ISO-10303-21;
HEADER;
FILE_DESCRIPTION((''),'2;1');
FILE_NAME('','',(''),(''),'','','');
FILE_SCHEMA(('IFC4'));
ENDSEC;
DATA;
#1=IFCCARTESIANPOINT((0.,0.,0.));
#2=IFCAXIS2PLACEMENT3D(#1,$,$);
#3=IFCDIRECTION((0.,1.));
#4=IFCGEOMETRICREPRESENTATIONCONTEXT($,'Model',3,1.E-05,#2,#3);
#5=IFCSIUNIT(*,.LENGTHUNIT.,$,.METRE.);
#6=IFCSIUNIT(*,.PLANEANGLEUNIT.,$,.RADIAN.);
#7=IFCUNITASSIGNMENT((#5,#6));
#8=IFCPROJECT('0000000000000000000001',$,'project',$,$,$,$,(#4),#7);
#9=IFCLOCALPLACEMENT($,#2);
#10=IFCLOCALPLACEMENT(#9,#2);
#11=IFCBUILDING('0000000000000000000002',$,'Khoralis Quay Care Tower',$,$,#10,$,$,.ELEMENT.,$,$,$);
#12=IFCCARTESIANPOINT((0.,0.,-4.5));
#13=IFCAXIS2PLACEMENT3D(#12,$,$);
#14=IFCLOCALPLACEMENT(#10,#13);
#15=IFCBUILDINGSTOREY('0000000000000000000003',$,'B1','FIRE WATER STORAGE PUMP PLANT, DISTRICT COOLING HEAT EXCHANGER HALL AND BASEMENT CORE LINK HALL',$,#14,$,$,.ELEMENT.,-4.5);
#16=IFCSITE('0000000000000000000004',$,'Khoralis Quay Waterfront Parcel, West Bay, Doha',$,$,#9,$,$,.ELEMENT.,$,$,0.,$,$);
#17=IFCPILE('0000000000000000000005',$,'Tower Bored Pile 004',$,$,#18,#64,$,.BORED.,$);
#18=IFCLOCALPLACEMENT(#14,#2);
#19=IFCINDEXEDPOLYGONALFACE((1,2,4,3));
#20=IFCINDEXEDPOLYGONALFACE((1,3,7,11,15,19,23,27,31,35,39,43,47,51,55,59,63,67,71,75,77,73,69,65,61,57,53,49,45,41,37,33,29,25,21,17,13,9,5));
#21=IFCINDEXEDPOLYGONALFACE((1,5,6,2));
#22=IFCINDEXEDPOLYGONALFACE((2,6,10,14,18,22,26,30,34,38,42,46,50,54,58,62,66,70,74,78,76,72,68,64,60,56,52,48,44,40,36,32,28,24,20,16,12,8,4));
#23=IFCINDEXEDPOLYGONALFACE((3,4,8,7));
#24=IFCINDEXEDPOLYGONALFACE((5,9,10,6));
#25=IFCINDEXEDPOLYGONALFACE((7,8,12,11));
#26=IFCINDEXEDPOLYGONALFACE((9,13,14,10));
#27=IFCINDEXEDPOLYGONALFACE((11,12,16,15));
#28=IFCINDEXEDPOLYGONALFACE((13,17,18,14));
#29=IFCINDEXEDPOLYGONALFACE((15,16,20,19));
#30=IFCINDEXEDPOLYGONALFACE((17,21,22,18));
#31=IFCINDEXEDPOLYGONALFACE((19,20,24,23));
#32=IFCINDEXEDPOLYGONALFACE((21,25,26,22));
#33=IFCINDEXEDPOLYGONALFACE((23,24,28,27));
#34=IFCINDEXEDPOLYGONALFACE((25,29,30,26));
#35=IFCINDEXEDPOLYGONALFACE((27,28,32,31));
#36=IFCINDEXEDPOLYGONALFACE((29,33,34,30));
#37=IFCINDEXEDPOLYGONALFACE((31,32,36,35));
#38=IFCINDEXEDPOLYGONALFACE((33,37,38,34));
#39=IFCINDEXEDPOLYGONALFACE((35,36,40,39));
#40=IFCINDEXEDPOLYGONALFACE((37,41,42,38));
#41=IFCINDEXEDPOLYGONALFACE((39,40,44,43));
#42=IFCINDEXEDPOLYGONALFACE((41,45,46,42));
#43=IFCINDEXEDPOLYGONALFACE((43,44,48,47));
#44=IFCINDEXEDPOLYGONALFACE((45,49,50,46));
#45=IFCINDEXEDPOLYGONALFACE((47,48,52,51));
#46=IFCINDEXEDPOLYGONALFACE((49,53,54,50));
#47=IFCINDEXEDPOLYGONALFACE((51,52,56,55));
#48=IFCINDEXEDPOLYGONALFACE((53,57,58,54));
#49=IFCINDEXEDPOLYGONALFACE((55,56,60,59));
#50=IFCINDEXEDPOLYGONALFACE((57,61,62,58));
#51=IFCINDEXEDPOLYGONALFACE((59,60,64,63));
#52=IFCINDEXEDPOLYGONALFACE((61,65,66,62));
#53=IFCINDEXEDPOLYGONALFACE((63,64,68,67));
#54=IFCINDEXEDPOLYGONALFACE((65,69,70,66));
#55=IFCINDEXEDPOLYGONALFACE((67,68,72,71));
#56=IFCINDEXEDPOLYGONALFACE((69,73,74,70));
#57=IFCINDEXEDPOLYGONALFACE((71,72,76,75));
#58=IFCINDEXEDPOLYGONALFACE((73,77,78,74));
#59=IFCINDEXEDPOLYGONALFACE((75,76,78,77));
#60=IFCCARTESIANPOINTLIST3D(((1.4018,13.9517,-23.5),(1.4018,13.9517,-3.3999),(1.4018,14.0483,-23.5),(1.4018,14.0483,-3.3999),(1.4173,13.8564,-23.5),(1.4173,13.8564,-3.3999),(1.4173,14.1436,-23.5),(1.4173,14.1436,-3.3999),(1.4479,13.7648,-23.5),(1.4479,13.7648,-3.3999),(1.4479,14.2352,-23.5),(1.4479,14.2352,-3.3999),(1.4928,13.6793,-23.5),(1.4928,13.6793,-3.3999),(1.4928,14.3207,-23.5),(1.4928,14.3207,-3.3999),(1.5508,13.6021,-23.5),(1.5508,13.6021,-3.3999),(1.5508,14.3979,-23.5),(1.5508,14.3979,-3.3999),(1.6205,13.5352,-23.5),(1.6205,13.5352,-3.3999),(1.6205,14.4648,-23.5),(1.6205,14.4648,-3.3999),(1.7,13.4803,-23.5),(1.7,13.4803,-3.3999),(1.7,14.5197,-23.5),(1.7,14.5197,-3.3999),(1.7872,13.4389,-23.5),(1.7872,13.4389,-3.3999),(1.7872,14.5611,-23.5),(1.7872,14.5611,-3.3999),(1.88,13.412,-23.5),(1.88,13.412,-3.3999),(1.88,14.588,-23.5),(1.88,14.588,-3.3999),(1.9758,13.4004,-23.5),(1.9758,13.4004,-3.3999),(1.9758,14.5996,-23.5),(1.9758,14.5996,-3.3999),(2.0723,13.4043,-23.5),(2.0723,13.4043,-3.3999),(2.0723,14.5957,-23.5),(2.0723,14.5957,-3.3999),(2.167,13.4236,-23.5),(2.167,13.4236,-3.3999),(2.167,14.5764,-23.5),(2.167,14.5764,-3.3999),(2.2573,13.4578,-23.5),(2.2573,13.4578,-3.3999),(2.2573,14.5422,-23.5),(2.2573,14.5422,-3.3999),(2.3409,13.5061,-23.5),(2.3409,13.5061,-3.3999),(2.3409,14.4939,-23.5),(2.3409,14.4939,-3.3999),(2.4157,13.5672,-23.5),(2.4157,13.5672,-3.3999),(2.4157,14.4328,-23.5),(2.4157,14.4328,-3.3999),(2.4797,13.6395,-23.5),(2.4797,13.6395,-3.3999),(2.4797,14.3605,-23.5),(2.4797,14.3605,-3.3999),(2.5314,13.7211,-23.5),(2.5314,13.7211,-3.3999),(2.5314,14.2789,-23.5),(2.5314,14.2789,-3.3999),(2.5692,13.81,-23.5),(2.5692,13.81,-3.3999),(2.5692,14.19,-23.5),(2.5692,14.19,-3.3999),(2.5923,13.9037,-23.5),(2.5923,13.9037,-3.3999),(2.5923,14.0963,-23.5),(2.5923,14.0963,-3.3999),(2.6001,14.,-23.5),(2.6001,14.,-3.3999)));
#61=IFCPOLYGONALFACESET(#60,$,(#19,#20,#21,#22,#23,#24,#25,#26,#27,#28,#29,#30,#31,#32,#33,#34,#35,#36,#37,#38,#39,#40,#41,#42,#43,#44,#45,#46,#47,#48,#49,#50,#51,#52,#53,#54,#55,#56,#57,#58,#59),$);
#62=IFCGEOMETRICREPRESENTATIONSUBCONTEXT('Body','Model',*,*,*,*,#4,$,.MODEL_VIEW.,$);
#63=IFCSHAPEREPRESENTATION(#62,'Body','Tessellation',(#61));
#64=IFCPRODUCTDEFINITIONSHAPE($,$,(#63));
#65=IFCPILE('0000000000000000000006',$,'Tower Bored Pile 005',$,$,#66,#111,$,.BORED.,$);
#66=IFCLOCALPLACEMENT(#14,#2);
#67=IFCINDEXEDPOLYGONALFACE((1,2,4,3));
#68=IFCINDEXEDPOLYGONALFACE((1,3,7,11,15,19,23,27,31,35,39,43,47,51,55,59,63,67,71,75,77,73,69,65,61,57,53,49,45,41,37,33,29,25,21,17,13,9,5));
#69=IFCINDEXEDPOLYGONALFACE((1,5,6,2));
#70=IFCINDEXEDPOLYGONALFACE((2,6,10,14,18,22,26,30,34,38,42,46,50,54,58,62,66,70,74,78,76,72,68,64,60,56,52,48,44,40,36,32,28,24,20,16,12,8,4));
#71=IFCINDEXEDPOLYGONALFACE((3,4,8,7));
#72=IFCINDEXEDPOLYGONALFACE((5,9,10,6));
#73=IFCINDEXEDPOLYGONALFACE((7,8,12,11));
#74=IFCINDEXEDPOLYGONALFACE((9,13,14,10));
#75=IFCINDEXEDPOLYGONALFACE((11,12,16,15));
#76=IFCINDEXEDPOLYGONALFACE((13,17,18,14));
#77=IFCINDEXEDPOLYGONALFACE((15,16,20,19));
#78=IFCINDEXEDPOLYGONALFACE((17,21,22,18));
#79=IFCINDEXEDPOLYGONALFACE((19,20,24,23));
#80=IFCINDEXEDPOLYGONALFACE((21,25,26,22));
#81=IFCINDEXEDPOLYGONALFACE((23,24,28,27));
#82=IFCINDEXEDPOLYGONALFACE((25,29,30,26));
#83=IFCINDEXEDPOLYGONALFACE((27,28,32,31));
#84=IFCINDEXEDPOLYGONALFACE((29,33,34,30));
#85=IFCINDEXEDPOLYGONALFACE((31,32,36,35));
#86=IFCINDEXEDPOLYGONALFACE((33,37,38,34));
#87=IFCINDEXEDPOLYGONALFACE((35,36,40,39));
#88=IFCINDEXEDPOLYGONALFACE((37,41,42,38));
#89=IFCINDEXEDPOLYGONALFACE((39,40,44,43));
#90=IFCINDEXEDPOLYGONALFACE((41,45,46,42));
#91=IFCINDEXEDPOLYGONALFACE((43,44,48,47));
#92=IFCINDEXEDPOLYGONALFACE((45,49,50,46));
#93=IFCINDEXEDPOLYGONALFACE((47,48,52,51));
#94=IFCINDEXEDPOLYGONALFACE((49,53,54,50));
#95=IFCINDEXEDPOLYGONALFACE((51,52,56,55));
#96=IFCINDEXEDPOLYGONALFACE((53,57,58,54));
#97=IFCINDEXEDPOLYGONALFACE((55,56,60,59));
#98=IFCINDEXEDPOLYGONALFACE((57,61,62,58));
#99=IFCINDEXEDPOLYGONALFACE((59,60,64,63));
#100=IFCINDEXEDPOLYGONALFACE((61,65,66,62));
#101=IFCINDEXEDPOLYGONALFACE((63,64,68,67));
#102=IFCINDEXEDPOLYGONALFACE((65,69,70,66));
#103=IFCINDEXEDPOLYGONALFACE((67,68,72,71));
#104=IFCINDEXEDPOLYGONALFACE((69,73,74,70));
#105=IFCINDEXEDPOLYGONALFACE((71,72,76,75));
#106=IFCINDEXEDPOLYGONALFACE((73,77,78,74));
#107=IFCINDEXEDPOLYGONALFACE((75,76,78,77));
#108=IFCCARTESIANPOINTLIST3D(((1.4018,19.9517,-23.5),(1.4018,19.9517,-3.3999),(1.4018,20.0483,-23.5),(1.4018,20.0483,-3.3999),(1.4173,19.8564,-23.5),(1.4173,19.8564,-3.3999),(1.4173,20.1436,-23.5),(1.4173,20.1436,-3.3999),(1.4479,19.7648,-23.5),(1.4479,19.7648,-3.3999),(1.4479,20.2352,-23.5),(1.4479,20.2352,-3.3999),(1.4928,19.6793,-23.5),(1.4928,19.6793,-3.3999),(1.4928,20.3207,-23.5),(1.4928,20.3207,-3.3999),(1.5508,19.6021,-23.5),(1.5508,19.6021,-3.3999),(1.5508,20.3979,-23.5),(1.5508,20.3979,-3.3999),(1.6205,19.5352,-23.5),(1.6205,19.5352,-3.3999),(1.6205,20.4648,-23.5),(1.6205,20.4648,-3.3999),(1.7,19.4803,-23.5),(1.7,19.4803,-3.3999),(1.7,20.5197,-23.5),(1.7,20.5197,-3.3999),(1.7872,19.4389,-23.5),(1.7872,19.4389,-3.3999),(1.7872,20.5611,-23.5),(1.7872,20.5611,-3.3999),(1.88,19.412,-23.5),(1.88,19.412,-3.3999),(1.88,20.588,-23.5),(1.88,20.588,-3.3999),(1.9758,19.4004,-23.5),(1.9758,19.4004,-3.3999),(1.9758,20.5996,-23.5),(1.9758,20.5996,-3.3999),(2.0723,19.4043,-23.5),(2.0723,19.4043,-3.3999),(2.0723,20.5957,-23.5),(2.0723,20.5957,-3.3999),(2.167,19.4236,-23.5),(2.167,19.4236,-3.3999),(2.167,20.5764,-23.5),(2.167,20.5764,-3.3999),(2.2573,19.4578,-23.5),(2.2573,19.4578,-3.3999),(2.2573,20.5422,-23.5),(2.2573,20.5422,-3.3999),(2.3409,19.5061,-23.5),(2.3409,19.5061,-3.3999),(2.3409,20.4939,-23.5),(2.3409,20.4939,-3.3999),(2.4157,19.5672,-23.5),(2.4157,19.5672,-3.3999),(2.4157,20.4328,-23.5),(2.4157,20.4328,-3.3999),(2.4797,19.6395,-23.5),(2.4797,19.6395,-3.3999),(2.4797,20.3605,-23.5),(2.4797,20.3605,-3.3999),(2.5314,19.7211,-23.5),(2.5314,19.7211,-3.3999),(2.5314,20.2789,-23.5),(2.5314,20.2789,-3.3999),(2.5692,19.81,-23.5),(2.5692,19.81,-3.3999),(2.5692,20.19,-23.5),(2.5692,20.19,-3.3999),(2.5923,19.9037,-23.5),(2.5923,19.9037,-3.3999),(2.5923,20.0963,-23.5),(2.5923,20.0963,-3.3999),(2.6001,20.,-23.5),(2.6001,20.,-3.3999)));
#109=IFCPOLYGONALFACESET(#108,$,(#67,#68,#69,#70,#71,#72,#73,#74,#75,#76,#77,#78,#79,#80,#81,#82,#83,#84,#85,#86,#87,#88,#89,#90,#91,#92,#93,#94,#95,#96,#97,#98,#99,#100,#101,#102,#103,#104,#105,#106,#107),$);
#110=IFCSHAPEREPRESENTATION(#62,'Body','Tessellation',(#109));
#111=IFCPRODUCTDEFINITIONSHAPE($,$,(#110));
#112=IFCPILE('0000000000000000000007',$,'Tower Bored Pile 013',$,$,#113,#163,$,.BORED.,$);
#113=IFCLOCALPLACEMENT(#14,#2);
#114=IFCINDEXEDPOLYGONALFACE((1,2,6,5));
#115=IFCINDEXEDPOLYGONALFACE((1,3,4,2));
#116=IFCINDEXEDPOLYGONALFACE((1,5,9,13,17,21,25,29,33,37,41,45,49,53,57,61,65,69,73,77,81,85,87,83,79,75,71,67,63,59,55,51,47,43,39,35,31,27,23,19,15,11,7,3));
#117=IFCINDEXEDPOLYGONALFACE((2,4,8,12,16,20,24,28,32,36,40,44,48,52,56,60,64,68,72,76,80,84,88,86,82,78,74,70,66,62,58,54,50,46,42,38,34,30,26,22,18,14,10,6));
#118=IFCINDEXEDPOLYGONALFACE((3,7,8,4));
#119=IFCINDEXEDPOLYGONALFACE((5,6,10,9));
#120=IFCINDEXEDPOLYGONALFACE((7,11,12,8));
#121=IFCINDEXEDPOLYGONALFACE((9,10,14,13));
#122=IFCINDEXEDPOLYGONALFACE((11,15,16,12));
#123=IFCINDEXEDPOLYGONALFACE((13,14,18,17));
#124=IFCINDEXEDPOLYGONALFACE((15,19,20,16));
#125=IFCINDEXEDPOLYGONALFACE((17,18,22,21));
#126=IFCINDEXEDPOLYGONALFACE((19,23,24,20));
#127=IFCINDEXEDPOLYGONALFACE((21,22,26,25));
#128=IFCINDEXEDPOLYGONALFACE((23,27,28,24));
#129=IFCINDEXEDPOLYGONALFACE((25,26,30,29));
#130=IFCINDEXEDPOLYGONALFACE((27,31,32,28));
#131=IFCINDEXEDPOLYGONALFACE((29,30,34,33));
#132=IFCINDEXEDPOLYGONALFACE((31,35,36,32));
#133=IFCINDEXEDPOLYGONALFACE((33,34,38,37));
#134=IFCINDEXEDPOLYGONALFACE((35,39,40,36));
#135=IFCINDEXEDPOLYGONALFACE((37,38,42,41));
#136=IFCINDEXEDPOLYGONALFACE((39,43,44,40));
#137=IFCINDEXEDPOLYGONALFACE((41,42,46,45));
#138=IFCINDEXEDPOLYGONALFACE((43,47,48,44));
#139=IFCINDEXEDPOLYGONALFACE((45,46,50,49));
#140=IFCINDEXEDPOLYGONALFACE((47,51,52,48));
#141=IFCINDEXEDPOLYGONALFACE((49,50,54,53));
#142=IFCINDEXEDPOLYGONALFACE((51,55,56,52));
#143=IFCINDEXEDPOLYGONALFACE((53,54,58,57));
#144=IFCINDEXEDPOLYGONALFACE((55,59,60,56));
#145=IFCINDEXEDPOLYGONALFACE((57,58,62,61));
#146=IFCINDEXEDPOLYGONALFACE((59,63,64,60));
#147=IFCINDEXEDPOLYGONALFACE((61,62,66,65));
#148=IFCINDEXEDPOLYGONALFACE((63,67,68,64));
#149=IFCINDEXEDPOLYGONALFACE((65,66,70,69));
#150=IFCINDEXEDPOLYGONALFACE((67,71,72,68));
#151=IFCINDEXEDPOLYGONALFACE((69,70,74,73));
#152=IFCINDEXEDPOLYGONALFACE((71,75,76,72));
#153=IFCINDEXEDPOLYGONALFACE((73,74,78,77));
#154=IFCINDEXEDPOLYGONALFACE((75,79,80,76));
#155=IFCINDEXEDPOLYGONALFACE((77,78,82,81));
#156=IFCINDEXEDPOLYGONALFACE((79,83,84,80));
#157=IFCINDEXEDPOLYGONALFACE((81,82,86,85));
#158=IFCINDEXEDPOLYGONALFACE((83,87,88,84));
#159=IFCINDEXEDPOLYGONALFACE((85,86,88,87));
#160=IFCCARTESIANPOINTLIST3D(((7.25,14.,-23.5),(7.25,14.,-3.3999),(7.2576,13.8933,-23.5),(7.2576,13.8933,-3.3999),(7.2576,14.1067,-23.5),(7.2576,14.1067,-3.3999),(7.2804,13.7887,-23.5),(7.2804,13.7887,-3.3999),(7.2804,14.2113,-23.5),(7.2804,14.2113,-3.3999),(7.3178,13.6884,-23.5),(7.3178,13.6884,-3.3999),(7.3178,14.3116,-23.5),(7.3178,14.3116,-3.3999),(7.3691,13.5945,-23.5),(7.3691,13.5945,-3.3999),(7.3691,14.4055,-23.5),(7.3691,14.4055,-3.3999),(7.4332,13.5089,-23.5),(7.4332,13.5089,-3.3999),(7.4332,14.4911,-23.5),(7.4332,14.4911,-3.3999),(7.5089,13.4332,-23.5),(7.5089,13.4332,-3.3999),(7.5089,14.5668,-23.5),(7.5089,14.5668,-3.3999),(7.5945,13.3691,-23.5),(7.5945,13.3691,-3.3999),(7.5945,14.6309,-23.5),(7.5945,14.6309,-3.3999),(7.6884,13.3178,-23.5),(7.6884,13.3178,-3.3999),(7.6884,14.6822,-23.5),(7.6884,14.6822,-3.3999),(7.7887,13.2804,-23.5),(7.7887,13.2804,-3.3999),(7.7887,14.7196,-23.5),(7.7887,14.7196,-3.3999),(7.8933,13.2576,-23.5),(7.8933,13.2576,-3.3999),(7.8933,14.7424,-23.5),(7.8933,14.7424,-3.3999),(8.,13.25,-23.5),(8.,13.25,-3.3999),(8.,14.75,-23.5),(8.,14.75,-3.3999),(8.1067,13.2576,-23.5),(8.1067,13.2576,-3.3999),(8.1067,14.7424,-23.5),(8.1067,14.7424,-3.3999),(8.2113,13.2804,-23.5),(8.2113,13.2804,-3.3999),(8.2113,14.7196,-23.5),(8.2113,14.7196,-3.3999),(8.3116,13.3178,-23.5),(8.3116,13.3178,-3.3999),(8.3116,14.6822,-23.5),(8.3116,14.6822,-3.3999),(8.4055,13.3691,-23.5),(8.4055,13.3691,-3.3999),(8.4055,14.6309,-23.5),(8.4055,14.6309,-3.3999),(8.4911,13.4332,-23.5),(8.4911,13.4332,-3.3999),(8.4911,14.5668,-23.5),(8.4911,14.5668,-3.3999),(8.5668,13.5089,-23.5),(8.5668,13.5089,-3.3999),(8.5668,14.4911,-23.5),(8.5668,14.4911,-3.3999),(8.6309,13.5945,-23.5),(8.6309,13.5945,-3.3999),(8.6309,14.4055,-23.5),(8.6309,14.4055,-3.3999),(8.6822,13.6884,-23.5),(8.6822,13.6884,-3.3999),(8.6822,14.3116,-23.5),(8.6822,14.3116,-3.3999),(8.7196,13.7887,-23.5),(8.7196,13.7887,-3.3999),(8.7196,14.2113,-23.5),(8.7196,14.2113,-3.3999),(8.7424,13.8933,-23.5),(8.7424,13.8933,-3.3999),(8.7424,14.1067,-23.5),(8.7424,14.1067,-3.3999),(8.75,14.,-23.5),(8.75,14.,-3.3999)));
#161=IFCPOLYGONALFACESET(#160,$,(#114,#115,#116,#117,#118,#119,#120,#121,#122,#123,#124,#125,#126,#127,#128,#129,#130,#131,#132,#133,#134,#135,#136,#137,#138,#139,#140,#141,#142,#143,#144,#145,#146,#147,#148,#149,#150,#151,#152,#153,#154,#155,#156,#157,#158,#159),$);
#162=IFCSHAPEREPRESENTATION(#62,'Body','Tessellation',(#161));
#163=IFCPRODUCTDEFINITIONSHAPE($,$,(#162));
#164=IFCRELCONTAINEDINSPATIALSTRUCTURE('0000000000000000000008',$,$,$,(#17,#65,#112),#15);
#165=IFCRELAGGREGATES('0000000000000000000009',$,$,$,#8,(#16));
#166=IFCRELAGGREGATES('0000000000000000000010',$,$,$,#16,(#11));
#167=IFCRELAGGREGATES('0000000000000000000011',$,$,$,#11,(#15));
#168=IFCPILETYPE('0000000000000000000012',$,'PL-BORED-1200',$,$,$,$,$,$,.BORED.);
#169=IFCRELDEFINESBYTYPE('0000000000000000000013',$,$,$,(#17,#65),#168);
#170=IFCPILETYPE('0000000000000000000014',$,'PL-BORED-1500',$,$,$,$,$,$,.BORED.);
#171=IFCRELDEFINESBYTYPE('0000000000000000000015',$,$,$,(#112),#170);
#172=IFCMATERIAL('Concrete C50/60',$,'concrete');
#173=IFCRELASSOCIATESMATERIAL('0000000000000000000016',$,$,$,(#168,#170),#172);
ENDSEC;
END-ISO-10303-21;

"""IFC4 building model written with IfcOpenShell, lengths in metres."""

from ifc_helpers import new_model, si_unit, direction, frame, origin, origin_2d, place, context, subcontext, project, spatial, circle, extrude, source, transform, mapped, material, material_profile, profile_set, type_object, element, save


model = new_model("IFC4")

# Units and contexts
model_context = context("Model", 3, precision=1e-05, world=origin(), true_north=direction((0.0, 1.0)))
body_context = subcontext(model_context, "Body", "Model", "MODEL_VIEW")
ifc_project = project(units=[si_unit("LENGTHUNIT", "METRE"), si_unit("PLANEANGLEUNIT", "RADIAN")], contexts=[model_context])

# Site, building, storey
site_placement = place(None, origin())
site = spatial("IfcSite", under=ifc_project, at=site_placement, Name="Khoralis Quay Waterfront Parcel, West Bay, Doha", CompositionType="ELEMENT", RefElevation=0.0)
building_placement = place(site_placement, origin())
building = spatial("IfcBuilding", under=site, at=building_placement, Name="Khoralis Quay Care Tower", CompositionType="ELEMENT")
storey_placement = place(building_placement, frame((0.0, 0.0, -4.5)))
storey = spatial("IfcBuildingStorey", under=building, at=storey_placement, Name="B1", Description="FIRE WATER STORAGE PUMP PLANT, DISTRICT COOLING HEAT EXCHANGER HALL AND BASEMENT CORE LINK HALL", CompositionType="ELEMENT", Elevation=-4.5)

# Piles
ifc_material_1 = material(Name="Concrete C50/60", Category="concrete")
ifc_material_profile_1 = material_profile(ifc_material_1, circle(Radius=0.6001, at=origin_2d()), Name="Concrete C50/60")
ifc_profile_set_1 = profile_set([ifc_material_profile_1], Name="Concrete C50/60")
pile_type_1 = type_object("IfcPileType", Name="PL-BORED-1200", PredefinedType="BORED", material=ifc_profile_set_1)
shared_shape_1 = source(origin(), body_context, "Body", "SweptSolid", [
    extrude(circle(Radius=0.6001, at=origin_2d()), origin(), (0.0, 0.0, 1.0), 20.1001),
])
for number, where, z_axis, x_axis, name in (
    (1, (2.0, 14.0, -3.3999), (0.0, 0.0, -1.0), (1.0, 0.0, 0.0), "Tower Bored Pile 004"),
    (2, (2.0, 20.0, -3.3999), (0.0, 0.0, -1.0), (1.0, 0.0, 0.0), "Tower Bored Pile 005"),
):
    element("IfcPile", number, at=place(storey_placement, frame(where, z_axis=z_axis, x_axis=x_axis)), inside=storey, type_object=pile_type_1, Name=name, PredefinedType="BORED", context=body_context, shape_type="MappedRepresentation", body=[
        mapped(shared_shape_1, transform((0.0, 0.0, 0.0), scale=1.0)),
    ])
ifc_material_profile_2 = material_profile(ifc_material_1, circle(Radius=0.75, at=origin_2d()), Name="Concrete C50/60")
ifc_profile_set_2 = profile_set([ifc_material_profile_2], Name="Concrete C50/60")
pile_type_2 = type_object("IfcPileType", Name="PL-BORED-1500", PredefinedType="BORED", material=ifc_profile_set_2)
shared_shape_2 = source(origin(), body_context, "Body", "SweptSolid", [
    extrude(circle(Radius=0.75, at=origin_2d()), origin(), (0.0, 0.0, 1.0), 20.1001),
])
for number, where, z_axis, x_axis, name in (
    (3, (8.0, 14.0, -3.3999), (0.0, 0.0, -1.0), (1.0, 0.0, 0.0), "Tower Bored Pile 013"),
):
    element("IfcPile", number, at=place(storey_placement, frame(where, z_axis=z_axis, x_axis=x_axis)), inside=storey, type_object=pile_type_2, Name=name, PredefinedType="BORED", context=body_context, shape_type="MappedRepresentation", body=[
        mapped(shared_shape_2, transform((0.0, 0.0, 0.0), scale=1.0)),
    ])

save(model, "model.ifc")
